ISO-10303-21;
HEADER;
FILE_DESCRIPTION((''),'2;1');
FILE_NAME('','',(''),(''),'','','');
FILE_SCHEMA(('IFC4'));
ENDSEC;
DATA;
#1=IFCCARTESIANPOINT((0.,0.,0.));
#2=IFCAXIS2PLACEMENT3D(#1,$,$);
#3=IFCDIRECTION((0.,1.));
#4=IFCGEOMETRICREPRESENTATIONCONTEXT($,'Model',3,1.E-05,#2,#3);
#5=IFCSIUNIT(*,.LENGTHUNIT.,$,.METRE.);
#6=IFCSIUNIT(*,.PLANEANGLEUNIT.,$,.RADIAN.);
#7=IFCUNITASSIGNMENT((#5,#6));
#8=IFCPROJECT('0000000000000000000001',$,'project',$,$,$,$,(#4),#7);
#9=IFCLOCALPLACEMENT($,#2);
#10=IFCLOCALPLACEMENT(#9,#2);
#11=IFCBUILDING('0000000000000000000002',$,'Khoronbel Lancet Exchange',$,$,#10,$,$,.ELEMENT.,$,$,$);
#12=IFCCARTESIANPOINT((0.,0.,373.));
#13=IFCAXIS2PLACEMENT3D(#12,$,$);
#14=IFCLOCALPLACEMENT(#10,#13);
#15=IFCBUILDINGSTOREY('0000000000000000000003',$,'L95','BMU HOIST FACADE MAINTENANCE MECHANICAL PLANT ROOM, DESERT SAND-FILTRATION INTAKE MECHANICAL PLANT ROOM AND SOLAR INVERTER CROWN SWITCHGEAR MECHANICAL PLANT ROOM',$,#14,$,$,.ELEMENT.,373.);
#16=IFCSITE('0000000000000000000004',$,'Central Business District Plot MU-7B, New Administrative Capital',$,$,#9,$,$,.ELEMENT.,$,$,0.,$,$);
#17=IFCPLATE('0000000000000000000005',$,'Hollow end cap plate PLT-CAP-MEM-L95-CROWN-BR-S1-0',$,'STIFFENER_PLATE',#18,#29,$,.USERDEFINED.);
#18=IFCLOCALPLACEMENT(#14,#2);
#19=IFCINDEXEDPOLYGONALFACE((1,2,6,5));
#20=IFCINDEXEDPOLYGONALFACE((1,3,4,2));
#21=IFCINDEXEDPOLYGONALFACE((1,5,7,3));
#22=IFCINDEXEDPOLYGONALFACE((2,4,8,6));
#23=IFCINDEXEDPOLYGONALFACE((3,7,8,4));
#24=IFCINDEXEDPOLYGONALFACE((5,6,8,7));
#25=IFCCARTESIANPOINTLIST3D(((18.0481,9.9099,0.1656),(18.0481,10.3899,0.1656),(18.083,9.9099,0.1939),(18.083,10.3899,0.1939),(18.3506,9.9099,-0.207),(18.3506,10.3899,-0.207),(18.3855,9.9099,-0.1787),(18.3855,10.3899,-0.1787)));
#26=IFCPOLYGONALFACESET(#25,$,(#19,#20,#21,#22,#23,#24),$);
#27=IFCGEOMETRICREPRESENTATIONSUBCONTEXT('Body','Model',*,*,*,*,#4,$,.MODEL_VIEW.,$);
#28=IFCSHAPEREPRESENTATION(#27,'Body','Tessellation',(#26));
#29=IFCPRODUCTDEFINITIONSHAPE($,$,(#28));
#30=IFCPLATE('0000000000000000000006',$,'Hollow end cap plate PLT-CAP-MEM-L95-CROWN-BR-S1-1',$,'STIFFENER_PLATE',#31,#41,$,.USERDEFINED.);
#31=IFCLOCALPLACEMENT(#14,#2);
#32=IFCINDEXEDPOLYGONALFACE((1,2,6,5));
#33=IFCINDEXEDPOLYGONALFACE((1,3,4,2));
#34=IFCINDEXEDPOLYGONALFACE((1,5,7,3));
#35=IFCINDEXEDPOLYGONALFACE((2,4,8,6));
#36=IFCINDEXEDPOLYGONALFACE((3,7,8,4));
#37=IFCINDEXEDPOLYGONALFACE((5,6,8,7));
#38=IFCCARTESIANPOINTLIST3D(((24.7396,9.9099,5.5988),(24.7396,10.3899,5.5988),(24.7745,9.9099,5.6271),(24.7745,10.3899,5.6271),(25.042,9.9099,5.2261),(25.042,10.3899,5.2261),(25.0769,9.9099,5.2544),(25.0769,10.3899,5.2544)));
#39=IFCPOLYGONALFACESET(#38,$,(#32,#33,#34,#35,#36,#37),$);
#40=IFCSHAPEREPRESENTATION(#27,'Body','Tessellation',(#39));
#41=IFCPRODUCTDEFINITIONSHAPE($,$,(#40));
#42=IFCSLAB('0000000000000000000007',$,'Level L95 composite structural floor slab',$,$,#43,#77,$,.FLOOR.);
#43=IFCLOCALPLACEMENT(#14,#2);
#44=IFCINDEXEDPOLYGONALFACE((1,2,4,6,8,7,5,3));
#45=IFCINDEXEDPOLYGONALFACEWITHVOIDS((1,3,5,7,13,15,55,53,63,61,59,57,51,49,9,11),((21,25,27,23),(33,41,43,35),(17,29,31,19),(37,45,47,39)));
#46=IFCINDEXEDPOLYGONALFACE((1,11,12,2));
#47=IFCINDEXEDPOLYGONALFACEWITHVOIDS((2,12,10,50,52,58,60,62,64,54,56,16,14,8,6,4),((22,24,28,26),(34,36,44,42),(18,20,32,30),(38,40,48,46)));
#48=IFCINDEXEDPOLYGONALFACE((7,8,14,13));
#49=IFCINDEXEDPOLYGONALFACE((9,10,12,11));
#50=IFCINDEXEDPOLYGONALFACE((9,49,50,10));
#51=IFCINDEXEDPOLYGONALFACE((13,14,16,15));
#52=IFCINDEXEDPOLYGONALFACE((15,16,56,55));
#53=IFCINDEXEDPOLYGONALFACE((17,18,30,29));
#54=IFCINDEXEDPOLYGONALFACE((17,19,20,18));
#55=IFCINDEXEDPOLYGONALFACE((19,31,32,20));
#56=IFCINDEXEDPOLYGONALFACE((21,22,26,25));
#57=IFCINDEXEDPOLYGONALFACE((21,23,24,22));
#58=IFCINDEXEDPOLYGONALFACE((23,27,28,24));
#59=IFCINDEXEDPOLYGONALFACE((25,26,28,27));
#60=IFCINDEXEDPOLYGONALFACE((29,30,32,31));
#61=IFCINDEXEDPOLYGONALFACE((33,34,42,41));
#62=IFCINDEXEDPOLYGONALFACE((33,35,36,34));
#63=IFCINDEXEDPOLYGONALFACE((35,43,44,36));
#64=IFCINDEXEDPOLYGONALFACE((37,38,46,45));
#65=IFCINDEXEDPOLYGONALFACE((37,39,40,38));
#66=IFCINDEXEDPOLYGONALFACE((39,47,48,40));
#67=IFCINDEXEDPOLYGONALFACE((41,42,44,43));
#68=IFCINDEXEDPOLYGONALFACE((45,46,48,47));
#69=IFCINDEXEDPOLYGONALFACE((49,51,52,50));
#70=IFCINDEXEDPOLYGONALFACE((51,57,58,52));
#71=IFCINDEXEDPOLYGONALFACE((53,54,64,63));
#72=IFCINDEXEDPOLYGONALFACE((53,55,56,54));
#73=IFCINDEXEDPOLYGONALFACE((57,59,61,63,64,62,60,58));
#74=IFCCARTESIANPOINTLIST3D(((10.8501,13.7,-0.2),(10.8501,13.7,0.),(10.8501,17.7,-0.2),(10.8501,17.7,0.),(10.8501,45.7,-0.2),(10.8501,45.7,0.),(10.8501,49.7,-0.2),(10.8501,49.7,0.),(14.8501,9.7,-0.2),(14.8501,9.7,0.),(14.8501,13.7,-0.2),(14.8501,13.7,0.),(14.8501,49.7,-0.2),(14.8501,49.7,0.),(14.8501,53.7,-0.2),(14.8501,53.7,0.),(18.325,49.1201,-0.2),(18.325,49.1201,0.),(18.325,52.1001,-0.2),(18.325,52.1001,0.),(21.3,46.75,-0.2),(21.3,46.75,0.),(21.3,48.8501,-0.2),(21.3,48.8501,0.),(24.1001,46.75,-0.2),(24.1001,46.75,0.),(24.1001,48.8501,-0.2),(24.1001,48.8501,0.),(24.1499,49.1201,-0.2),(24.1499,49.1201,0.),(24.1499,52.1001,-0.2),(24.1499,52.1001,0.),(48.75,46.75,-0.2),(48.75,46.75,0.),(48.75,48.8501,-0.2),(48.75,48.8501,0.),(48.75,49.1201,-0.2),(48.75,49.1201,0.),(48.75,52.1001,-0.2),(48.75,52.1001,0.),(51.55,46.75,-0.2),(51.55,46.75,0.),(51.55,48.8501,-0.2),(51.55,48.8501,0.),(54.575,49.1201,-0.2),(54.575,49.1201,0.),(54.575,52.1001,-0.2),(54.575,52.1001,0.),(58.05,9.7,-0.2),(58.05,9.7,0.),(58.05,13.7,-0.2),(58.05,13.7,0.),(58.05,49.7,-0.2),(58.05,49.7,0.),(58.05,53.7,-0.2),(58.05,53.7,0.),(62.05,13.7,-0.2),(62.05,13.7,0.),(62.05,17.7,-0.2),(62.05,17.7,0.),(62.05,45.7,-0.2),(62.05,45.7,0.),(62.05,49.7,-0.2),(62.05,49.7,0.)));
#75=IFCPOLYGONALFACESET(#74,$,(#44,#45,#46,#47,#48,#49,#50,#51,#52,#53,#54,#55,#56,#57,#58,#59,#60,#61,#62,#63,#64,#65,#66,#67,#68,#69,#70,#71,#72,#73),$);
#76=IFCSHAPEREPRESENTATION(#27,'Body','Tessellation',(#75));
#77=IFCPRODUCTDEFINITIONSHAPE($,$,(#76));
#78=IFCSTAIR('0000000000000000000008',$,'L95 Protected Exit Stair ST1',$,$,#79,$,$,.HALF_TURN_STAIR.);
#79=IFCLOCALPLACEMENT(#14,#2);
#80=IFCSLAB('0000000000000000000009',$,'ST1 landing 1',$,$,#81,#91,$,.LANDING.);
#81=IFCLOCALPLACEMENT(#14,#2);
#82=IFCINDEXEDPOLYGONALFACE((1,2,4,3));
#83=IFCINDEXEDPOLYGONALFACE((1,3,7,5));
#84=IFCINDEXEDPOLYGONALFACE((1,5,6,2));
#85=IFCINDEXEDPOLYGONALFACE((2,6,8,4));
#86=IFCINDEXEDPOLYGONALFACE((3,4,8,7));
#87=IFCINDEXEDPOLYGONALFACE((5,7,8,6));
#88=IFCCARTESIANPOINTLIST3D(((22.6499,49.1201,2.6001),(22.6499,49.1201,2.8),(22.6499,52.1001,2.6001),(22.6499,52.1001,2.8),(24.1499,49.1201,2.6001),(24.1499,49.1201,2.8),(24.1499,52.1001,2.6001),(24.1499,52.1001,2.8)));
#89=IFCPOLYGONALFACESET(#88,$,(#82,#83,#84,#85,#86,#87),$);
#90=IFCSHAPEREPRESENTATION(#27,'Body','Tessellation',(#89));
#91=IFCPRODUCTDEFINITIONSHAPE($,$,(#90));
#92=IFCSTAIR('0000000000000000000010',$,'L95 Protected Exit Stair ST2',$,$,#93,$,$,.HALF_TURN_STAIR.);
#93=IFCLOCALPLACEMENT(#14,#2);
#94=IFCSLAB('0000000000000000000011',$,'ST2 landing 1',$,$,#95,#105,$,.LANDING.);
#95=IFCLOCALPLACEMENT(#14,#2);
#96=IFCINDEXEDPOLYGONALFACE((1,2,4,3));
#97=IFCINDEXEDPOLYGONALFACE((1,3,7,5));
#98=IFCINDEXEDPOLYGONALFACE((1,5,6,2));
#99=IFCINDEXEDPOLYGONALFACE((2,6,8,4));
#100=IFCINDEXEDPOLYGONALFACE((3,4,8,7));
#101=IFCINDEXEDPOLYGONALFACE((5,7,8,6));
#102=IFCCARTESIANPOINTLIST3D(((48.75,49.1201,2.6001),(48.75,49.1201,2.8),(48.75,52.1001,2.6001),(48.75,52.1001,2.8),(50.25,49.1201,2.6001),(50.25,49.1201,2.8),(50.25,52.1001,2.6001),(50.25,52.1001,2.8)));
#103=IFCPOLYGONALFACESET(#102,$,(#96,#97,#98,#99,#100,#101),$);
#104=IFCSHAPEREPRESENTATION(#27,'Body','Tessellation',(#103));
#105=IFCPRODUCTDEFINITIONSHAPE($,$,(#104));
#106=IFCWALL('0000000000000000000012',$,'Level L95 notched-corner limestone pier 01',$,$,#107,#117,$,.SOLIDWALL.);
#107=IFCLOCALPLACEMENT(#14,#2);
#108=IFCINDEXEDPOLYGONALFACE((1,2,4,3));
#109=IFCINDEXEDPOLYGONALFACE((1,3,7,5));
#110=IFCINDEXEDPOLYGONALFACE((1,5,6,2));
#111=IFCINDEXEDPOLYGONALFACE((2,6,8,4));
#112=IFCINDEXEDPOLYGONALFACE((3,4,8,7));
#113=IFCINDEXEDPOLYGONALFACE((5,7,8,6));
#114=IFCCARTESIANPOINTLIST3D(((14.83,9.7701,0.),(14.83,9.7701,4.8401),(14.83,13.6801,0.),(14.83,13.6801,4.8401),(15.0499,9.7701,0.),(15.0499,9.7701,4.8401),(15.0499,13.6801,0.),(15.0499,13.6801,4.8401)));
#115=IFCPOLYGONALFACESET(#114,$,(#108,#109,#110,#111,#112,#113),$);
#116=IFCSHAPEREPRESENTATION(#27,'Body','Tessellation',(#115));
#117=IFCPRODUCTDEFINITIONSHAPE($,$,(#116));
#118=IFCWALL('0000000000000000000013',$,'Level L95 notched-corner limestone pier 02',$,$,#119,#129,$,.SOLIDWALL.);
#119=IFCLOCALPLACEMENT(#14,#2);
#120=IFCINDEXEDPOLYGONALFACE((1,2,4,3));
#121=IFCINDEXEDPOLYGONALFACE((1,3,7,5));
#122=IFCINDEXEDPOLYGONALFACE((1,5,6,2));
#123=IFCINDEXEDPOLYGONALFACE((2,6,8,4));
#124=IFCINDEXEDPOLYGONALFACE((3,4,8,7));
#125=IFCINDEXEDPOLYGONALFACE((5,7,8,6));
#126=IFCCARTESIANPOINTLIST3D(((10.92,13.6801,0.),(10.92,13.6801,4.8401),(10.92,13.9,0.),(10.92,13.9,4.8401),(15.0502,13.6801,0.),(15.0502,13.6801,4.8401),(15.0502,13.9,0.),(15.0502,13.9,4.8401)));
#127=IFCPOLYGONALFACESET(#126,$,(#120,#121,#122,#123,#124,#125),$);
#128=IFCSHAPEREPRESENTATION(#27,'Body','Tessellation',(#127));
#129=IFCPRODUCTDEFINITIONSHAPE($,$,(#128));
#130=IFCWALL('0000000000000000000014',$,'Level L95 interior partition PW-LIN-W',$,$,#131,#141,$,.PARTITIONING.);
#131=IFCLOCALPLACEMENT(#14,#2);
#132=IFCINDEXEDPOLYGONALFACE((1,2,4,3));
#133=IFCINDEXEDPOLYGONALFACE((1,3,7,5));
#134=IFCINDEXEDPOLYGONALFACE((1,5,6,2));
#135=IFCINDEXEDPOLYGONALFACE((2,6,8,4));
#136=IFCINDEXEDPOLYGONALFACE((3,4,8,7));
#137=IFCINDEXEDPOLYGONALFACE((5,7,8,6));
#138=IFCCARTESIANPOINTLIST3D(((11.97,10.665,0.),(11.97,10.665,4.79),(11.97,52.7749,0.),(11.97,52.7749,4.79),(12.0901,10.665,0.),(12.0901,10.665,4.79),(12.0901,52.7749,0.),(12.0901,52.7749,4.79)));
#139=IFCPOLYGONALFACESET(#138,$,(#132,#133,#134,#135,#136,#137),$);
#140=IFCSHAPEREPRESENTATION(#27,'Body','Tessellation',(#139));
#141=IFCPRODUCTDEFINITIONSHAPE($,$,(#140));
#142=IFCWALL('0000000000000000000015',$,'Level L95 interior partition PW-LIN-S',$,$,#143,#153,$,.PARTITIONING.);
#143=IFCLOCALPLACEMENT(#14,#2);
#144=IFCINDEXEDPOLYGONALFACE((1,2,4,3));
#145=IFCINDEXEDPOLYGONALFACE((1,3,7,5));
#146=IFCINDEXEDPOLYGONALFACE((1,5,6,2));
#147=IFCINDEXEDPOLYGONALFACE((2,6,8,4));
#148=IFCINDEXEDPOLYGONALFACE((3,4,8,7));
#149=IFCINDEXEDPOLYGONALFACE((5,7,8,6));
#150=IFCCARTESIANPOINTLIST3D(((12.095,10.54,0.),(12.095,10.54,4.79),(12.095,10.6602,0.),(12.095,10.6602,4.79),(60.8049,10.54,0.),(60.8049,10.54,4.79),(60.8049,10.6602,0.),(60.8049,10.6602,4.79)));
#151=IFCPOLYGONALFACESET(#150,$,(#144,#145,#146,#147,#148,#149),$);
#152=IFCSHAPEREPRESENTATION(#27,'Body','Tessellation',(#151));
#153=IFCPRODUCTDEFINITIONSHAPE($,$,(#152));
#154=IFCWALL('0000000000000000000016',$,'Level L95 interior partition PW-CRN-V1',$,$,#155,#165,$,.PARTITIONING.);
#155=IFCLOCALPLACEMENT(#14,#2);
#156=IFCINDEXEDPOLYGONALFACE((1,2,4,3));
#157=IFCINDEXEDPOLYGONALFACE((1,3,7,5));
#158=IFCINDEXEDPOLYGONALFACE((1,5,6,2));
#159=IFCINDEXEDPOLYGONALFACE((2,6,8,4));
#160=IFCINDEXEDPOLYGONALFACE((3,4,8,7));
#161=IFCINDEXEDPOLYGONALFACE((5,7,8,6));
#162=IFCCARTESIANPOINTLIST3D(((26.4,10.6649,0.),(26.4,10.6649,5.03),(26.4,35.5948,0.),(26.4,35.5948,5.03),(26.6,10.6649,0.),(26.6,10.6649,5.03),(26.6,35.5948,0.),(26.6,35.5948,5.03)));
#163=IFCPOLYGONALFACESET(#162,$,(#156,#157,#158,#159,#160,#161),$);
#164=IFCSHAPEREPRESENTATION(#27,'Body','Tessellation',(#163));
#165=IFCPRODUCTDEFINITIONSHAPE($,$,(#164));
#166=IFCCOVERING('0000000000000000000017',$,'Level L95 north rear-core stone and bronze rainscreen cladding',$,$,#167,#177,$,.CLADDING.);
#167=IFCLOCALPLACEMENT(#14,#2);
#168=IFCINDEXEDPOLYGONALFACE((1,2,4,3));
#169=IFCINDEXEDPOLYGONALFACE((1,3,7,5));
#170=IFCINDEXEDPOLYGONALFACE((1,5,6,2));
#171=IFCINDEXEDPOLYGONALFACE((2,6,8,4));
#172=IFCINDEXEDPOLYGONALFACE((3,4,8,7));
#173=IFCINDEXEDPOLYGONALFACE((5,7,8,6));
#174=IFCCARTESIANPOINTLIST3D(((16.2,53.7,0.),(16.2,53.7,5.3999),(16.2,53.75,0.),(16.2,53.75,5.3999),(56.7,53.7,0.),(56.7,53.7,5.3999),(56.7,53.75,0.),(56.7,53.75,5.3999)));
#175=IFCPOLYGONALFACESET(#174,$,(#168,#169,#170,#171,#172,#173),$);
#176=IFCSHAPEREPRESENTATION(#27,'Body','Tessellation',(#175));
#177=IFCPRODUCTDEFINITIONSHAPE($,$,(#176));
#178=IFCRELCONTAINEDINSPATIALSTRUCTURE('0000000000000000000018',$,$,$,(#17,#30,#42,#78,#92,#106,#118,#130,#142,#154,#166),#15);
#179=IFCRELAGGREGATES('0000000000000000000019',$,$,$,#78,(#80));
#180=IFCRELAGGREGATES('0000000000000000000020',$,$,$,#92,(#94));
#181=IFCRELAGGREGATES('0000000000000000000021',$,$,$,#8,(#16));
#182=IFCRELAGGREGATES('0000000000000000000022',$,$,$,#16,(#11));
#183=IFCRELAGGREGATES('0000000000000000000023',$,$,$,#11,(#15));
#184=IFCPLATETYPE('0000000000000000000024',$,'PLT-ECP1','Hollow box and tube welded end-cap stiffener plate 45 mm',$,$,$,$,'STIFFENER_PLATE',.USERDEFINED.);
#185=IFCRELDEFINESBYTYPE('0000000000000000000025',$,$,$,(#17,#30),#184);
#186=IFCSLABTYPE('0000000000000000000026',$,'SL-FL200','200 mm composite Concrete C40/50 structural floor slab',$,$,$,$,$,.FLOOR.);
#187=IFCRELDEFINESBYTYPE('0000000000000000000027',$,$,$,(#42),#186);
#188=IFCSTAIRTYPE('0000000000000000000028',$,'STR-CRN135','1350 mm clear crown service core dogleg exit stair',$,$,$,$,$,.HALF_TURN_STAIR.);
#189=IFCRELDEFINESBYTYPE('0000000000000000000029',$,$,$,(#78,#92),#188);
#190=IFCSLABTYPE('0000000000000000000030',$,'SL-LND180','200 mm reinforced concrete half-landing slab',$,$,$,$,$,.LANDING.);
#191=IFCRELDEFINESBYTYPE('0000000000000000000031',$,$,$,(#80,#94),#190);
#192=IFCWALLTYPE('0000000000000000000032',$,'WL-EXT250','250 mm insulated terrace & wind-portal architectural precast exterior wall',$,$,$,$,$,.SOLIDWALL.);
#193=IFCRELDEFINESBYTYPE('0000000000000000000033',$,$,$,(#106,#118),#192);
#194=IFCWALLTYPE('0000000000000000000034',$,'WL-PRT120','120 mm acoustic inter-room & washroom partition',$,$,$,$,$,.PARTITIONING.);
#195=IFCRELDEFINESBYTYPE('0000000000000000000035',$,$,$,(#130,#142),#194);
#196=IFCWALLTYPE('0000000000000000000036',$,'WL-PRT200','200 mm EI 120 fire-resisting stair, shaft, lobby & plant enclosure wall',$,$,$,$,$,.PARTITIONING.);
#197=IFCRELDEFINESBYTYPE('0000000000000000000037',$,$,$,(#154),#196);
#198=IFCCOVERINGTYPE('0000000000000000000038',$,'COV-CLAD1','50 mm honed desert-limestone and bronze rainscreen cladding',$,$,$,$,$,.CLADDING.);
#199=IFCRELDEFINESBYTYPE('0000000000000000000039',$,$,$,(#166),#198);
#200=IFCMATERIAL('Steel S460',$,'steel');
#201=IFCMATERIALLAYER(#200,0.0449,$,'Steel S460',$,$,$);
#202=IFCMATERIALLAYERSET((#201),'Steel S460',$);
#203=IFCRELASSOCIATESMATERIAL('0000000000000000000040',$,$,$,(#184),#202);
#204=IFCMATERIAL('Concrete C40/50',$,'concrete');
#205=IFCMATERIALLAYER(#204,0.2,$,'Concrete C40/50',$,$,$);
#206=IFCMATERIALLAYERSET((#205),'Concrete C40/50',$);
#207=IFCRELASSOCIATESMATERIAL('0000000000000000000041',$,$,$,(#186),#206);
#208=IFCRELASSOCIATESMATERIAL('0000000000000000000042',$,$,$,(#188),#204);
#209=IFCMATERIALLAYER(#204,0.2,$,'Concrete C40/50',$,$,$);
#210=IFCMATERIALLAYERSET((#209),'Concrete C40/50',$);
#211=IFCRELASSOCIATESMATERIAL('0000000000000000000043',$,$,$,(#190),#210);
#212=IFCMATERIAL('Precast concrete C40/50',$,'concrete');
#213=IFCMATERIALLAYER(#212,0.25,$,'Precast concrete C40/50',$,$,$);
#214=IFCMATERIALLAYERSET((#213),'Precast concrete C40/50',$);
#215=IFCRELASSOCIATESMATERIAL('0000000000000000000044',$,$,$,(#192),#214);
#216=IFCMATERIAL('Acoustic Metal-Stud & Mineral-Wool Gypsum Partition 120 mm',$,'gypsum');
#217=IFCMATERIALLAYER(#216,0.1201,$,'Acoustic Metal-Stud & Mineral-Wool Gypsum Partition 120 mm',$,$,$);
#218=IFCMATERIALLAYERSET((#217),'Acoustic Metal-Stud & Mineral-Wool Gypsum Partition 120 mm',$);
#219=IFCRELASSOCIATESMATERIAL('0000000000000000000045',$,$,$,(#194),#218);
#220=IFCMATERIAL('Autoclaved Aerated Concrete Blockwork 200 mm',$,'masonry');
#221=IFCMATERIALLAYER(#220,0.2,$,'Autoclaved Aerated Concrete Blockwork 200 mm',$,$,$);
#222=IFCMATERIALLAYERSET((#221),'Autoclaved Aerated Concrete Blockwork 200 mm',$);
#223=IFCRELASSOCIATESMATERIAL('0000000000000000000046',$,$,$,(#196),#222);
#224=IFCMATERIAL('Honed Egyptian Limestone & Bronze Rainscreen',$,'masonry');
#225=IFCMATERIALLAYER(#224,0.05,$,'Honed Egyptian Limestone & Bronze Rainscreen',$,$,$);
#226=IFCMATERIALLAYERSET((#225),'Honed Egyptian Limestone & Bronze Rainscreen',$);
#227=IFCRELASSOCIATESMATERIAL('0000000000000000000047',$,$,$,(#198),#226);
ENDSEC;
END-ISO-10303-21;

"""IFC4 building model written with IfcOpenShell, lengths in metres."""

from ifc_helpers import new_model, si_unit, direction, frame, frame_2d, origin, place, context, subcontext, project, spatial, polyline, rectangle, outline, extrude, material, layer, layer_set, type_object, element, aggregate, save


model = new_model("IFC4")

# Units and contexts
model_context = context("Model", 3, precision=1e-05, world=origin(), true_north=direction((0.0, 1.0)))
body_context = subcontext(model_context, "Body", "Model", "MODEL_VIEW")
ifc_project = project(units=[si_unit("LENGTHUNIT", "METRE"), si_unit("PLANEANGLEUNIT", "RADIAN")], contexts=[model_context])

# Site, building, storey
site_placement = place(None, origin())
site = spatial("IfcSite", under=ifc_project, at=site_placement, Name="Central Business District Plot MU-7B, New Administrative Capital", CompositionType="ELEMENT", RefElevation=0.0)
building_placement = place(site_placement, origin())
building = spatial("IfcBuilding", under=site, at=building_placement, Name="Khoronbel Lancet Exchange", CompositionType="ELEMENT")
storey_placement = place(building_placement, frame((0.0, 0.0, 373.0)))
storey = spatial("IfcBuildingStorey", under=building, at=storey_placement, Name="L95", Description="BMU HOIST FACADE MAINTENANCE MECHANICAL PLANT ROOM, DESERT SAND-FILTRATION INTAKE MECHANICAL PLANT ROOM AND SOLAR INVERTER CROWN SWITCHGEAR MECHANICAL PLANT ROOM", CompositionType="ELEMENT", Elevation=373.0)

# Shared definitions
ifc_material_1 = material(Name="Steel S460", Category="steel")

# Plates
ifc_layer_1 = layer(ifc_material_1, 0.0449, Name="Steel S460")
ifc_layer_set_1 = layer_set([ifc_layer_1], Name="Steel S460")
plate_type_1 = type_object("IfcPlateType", Name="PLT-ECP1", Description="Hollow box and tube welded end-cap stiffener plate 45 mm", ElementType="STIFFENER_PLATE", PredefinedType="USERDEFINED", material=ifc_layer_set_1)
for number, where, z_axis, x_axis, name in (
    (1, (18.3855, 9.9099, -0.1787), (0.776332, 0.0, 0.630324), (0.0, 1.0, 0.0), "Hollow end cap plate PLT-CAP-MEM-L95-CROWN-BR-S1-0"),
    (2, (25.0769, 9.9099, 5.2544), (0.776534, 0.0, 0.630076), (0.0, 1.0, 0.0), "Hollow end cap plate PLT-CAP-MEM-L95-CROWN-BR-S1-1"),
):
    element("IfcPlate", number, at=place(storey_placement, frame(where, z_axis=z_axis, x_axis=x_axis)), inside=storey, type_object=plate_type_1, Name=name, ObjectType="STIFFENER_PLATE", PredefinedType="USERDEFINED", context=body_context, shape_type="SweptSolid", body=[
        extrude(outline(polyline([(0.0, 0.0), (0.48, 0.0), (0.48, 0.48), (0.0, 0.48), (0.0, 0.0)])), origin(), (0.0, 0.0, -1.0), 0.0449),
    ])

# Slab
ifc_material_2 = material(Name="Concrete C40/50", Category="concrete")
ifc_layer_2 = layer(ifc_material_2, 0.2, Name="Concrete C40/50")
ifc_layer_set_2 = layer_set([ifc_layer_2], Name="Concrete C40/50")
slab_type_1 = type_object("IfcSlabType", Name="SL-FL200", Description="200 mm composite Concrete C40/50 structural floor slab", PredefinedType="FLOOR", material=ifc_layer_set_2)
slab_1_placement = place(storey_placement, frame((0.0, 0.0, -0.2)))
element("IfcSlab", 3, at=slab_1_placement, inside=storey, type_object=slab_type_1, Name="Level L95 composite structural floor slab", PredefinedType="FLOOR", context=body_context, shape_type="SweptSolid", body=[
    extrude(outline(polyline([(14.8501, 9.7), (58.05, 9.7), (58.05, 13.7), (62.05, 13.7), (62.05, 17.7), (62.05, 45.7), (62.05, 49.7), (58.05, 49.7), (58.05, 53.7), (14.8501, 53.7), (14.8501, 49.7), (10.8501, 49.7), (10.8501, 45.7), (10.8501, 17.7), (10.8501, 13.7), (14.8501, 13.7), (14.8501, 9.7)]), holes=[polyline([(18.325, 49.1201), (24.1499, 49.1201), (24.1499, 52.1001), (18.325, 52.1001), (18.325, 49.1201)]), polyline([(48.75, 49.1201), (54.575, 49.1201), (54.575, 52.1001), (48.75, 52.1001), (48.75, 49.1201)]), polyline([(21.3, 46.75), (24.1001, 46.75), (24.1001, 48.8501), (21.3, 48.8501), (21.3, 46.75)]), polyline([(48.75, 46.75), (51.55, 46.75), (51.55, 48.8501), (48.75, 48.8501), (48.75, 46.75)])]), origin(), (0.0, 0.0, 1.0), 0.2),
])

# Stairs, slabs
stair_type = type_object("IfcStairType", Name="STR-CRN135", Description="1350 mm clear crown service core dogleg exit stair", PredefinedType="HALF_TURN_STAIR", material=ifc_material_2)
stair_1_placement = place(storey_placement, origin())
stair_1 = element("IfcStair", 4, at=stair_1_placement, inside=storey, type_object=stair_type, Name="L95 Protected Exit Stair ST1", PredefinedType="HALF_TURN_STAIR")
ifc_layer_3 = layer(ifc_material_2, 0.2, Name="Concrete C40/50")
ifc_layer_set_3 = layer_set([ifc_layer_3], Name="Concrete C40/50")
slab_type_2 = type_object("IfcSlabType", Name="SL-LND180", Description="200 mm reinforced concrete half-landing slab", PredefinedType="LANDING", material=ifc_layer_set_3)
slab_2_placement = place(storey_placement, frame((0.0, 0.0, 2.6001)))
slab_2 = element("IfcSlab", 5, at=slab_2_placement, type_object=slab_type_2, Name="ST1 landing 1", PredefinedType="LANDING", context=body_context, shape_type="SweptSolid", body=[
    extrude(outline(polyline([(22.6499, 49.1201), (24.1499, 49.1201), (24.1499, 52.1001), (22.6499, 52.1001), (22.6499, 49.1201)])), origin(), (0.0, 0.0, 1.0), 0.2),
])
aggregate(stair_1, [slab_2])
stair_2_placement = place(storey_placement, origin())
stair_2 = element("IfcStair", 6, at=stair_2_placement, inside=storey, type_object=stair_type, Name="L95 Protected Exit Stair ST2", PredefinedType="HALF_TURN_STAIR")
slab_3_placement = place(storey_placement, frame((0.0, 0.0, 2.6001)))
slab_3 = element("IfcSlab", 7, at=slab_3_placement, type_object=slab_type_2, Name="ST2 landing 1", PredefinedType="LANDING", context=body_context, shape_type="SweptSolid", body=[
    extrude(outline(polyline([(50.25, 52.1001), (48.75, 52.1001), (48.75, 49.1201), (50.25, 49.1201), (50.25, 52.1001)])), origin(), (0.0, 0.0, 1.0), 0.2),
])
aggregate(stair_2, [slab_3])

# Walls
ifc_material_3 = material(Name="Precast concrete C40/50", Category="concrete")
ifc_layer_4 = layer(ifc_material_3, 0.25, Name="Precast concrete C40/50")
ifc_layer_set_4 = layer_set([ifc_layer_4], Name="Precast concrete C40/50")
wall_type_1 = type_object("IfcWallType", Name="WL-EXT250", Description="250 mm insulated terrace & wind-portal architectural precast exterior wall", PredefinedType="SOLIDWALL", material=ifc_layer_set_4)
wall_1_placement = place(storey_placement, frame((14.9399, 9.77, 0.0), z_axis=(0.0, 0.0, 1.0), x_axis=(0.0, 1.0, 0.0)))
element("IfcWall", 8, at=wall_1_placement, inside=storey, type_object=wall_type_1, Name="Level L95 notched-corner limestone pier 01", PredefinedType="SOLIDWALL", context=body_context, shape_type="SweptSolid", body=[
    extrude(rectangle(XDim=3.9099, YDim=0.22, at=frame_2d((1.9551, 0.0))), origin(), (0.0, 0.0, 1.0), 4.8401),
])
wall_2_placement = place(storey_placement, frame((15.05, 13.79, 0.0), z_axis=(0.0, 0.0, 1.0), x_axis=(-1.0, 0.0, 0.0)))
element("IfcWall", 9, at=wall_2_placement, inside=storey, type_object=wall_type_1, Name="Level L95 notched-corner limestone pier 02", PredefinedType="SOLIDWALL", context=body_context, shape_type="SweptSolid", body=[
    extrude(rectangle(XDim=4.1301, YDim=0.22, at=frame_2d((2.0649, 0.0))), origin(), (0.0, 0.0, 1.0), 4.8401),
])
ifc_material_4 = material(Name="Acoustic Metal-Stud & Mineral-Wool Gypsum Partition 120 mm", Category="gypsum")
ifc_layer_5 = layer(ifc_material_4, 0.1201, Name="Acoustic Metal-Stud & Mineral-Wool Gypsum Partition 120 mm")
ifc_layer_set_5 = layer_set([ifc_layer_5], Name="Acoustic Metal-Stud & Mineral-Wool Gypsum Partition 120 mm")
wall_type_2 = type_object("IfcWallType", Name="WL-PRT120", Description="120 mm acoustic inter-room & washroom partition", PredefinedType="PARTITIONING", material=ifc_layer_set_5)
wall_3_placement = place(storey_placement, frame((12.03, 10.665, 0.0), z_axis=(0.0, 0.0, 1.0), x_axis=(0.0, 1.0, 0.0)))
element("IfcWall", 10, at=wall_3_placement, inside=storey, type_object=wall_type_2, Name="Level L95 interior partition PW-LIN-W", PredefinedType="PARTITIONING", context=body_context, shape_type="SweptSolid", body=[
    extrude(rectangle(XDim=42.1099, YDim=0.1201, at=frame_2d((21.0549, 0.0))), origin(), (0.0, 0.0, 1.0), 4.79),
])
wall_4_placement = place(storey_placement, frame((12.095, 10.6001, 0.0), z_axis=(0.0, 0.0, 1.0), x_axis=(1.0, 0.0, 0.0)))
element("IfcWall", 11, at=wall_4_placement, inside=storey, type_object=wall_type_2, Name="Level L95 interior partition PW-LIN-S", PredefinedType="PARTITIONING", context=body_context, shape_type="SweptSolid", body=[
    extrude(rectangle(XDim=48.71, YDim=0.1201, at=frame_2d((24.355, 0.0))), origin(), (0.0, 0.0, 1.0), 4.79),
])
ifc_material_5 = material(Name="Autoclaved Aerated Concrete Blockwork 200 mm", Category="masonry")
ifc_layer_6 = layer(ifc_material_5, 0.2, Name="Autoclaved Aerated Concrete Blockwork 200 mm")
ifc_layer_set_6 = layer_set([ifc_layer_6], Name="Autoclaved Aerated Concrete Blockwork 200 mm")
wall_type_3 = type_object("IfcWallType", Name="WL-PRT200", Description="200 mm EI 120 fire-resisting stair, shaft, lobby & plant enclosure wall", PredefinedType="PARTITIONING", material=ifc_layer_set_6)
wall_5_placement = place(storey_placement, frame((26.5, 10.665, 0.0), z_axis=(0.0, 0.0, 1.0), x_axis=(0.0, 1.0, 0.0)))
element("IfcWall", 12, at=wall_5_placement, inside=storey, type_object=wall_type_3, Name="Level L95 interior partition PW-CRN-V1", PredefinedType="PARTITIONING", context=body_context, shape_type="SweptSolid", body=[
    extrude(rectangle(XDim=24.9299, YDim=0.2, at=frame_2d((12.4648, 0.0))), origin(), (0.0, 0.0, 1.0), 5.03),
])

# Covering
ifc_material_6 = material(Name="Honed Egyptian Limestone & Bronze Rainscreen", Category="masonry")
ifc_layer_7 = layer(ifc_material_6, 0.05, Name="Honed Egyptian Limestone & Bronze Rainscreen")
ifc_layer_set_7 = layer_set([ifc_layer_7], Name="Honed Egyptian Limestone & Bronze Rainscreen")
covering_type = type_object("IfcCoveringType", Name="COV-CLAD1", Description="50 mm honed desert-limestone and bronze rainscreen cladding", PredefinedType="CLADDING", material=ifc_layer_set_7)
covering_placement = place(storey_placement, origin())
element("IfcCovering", 13, at=covering_placement, inside=storey, type_object=covering_type, Name="Level L95 north rear-core stone and bronze rainscreen cladding", PredefinedType="CLADDING", context=body_context, shape_type="SweptSolid", body=[
    extrude(outline(polyline([(16.2, 53.7), (56.7, 53.7), (56.7, 53.75), (16.2, 53.75), (16.2, 53.7)])), origin(), (0.0, 0.0, 1.0), 5.3999),
])

save(model, "model.ifc")
